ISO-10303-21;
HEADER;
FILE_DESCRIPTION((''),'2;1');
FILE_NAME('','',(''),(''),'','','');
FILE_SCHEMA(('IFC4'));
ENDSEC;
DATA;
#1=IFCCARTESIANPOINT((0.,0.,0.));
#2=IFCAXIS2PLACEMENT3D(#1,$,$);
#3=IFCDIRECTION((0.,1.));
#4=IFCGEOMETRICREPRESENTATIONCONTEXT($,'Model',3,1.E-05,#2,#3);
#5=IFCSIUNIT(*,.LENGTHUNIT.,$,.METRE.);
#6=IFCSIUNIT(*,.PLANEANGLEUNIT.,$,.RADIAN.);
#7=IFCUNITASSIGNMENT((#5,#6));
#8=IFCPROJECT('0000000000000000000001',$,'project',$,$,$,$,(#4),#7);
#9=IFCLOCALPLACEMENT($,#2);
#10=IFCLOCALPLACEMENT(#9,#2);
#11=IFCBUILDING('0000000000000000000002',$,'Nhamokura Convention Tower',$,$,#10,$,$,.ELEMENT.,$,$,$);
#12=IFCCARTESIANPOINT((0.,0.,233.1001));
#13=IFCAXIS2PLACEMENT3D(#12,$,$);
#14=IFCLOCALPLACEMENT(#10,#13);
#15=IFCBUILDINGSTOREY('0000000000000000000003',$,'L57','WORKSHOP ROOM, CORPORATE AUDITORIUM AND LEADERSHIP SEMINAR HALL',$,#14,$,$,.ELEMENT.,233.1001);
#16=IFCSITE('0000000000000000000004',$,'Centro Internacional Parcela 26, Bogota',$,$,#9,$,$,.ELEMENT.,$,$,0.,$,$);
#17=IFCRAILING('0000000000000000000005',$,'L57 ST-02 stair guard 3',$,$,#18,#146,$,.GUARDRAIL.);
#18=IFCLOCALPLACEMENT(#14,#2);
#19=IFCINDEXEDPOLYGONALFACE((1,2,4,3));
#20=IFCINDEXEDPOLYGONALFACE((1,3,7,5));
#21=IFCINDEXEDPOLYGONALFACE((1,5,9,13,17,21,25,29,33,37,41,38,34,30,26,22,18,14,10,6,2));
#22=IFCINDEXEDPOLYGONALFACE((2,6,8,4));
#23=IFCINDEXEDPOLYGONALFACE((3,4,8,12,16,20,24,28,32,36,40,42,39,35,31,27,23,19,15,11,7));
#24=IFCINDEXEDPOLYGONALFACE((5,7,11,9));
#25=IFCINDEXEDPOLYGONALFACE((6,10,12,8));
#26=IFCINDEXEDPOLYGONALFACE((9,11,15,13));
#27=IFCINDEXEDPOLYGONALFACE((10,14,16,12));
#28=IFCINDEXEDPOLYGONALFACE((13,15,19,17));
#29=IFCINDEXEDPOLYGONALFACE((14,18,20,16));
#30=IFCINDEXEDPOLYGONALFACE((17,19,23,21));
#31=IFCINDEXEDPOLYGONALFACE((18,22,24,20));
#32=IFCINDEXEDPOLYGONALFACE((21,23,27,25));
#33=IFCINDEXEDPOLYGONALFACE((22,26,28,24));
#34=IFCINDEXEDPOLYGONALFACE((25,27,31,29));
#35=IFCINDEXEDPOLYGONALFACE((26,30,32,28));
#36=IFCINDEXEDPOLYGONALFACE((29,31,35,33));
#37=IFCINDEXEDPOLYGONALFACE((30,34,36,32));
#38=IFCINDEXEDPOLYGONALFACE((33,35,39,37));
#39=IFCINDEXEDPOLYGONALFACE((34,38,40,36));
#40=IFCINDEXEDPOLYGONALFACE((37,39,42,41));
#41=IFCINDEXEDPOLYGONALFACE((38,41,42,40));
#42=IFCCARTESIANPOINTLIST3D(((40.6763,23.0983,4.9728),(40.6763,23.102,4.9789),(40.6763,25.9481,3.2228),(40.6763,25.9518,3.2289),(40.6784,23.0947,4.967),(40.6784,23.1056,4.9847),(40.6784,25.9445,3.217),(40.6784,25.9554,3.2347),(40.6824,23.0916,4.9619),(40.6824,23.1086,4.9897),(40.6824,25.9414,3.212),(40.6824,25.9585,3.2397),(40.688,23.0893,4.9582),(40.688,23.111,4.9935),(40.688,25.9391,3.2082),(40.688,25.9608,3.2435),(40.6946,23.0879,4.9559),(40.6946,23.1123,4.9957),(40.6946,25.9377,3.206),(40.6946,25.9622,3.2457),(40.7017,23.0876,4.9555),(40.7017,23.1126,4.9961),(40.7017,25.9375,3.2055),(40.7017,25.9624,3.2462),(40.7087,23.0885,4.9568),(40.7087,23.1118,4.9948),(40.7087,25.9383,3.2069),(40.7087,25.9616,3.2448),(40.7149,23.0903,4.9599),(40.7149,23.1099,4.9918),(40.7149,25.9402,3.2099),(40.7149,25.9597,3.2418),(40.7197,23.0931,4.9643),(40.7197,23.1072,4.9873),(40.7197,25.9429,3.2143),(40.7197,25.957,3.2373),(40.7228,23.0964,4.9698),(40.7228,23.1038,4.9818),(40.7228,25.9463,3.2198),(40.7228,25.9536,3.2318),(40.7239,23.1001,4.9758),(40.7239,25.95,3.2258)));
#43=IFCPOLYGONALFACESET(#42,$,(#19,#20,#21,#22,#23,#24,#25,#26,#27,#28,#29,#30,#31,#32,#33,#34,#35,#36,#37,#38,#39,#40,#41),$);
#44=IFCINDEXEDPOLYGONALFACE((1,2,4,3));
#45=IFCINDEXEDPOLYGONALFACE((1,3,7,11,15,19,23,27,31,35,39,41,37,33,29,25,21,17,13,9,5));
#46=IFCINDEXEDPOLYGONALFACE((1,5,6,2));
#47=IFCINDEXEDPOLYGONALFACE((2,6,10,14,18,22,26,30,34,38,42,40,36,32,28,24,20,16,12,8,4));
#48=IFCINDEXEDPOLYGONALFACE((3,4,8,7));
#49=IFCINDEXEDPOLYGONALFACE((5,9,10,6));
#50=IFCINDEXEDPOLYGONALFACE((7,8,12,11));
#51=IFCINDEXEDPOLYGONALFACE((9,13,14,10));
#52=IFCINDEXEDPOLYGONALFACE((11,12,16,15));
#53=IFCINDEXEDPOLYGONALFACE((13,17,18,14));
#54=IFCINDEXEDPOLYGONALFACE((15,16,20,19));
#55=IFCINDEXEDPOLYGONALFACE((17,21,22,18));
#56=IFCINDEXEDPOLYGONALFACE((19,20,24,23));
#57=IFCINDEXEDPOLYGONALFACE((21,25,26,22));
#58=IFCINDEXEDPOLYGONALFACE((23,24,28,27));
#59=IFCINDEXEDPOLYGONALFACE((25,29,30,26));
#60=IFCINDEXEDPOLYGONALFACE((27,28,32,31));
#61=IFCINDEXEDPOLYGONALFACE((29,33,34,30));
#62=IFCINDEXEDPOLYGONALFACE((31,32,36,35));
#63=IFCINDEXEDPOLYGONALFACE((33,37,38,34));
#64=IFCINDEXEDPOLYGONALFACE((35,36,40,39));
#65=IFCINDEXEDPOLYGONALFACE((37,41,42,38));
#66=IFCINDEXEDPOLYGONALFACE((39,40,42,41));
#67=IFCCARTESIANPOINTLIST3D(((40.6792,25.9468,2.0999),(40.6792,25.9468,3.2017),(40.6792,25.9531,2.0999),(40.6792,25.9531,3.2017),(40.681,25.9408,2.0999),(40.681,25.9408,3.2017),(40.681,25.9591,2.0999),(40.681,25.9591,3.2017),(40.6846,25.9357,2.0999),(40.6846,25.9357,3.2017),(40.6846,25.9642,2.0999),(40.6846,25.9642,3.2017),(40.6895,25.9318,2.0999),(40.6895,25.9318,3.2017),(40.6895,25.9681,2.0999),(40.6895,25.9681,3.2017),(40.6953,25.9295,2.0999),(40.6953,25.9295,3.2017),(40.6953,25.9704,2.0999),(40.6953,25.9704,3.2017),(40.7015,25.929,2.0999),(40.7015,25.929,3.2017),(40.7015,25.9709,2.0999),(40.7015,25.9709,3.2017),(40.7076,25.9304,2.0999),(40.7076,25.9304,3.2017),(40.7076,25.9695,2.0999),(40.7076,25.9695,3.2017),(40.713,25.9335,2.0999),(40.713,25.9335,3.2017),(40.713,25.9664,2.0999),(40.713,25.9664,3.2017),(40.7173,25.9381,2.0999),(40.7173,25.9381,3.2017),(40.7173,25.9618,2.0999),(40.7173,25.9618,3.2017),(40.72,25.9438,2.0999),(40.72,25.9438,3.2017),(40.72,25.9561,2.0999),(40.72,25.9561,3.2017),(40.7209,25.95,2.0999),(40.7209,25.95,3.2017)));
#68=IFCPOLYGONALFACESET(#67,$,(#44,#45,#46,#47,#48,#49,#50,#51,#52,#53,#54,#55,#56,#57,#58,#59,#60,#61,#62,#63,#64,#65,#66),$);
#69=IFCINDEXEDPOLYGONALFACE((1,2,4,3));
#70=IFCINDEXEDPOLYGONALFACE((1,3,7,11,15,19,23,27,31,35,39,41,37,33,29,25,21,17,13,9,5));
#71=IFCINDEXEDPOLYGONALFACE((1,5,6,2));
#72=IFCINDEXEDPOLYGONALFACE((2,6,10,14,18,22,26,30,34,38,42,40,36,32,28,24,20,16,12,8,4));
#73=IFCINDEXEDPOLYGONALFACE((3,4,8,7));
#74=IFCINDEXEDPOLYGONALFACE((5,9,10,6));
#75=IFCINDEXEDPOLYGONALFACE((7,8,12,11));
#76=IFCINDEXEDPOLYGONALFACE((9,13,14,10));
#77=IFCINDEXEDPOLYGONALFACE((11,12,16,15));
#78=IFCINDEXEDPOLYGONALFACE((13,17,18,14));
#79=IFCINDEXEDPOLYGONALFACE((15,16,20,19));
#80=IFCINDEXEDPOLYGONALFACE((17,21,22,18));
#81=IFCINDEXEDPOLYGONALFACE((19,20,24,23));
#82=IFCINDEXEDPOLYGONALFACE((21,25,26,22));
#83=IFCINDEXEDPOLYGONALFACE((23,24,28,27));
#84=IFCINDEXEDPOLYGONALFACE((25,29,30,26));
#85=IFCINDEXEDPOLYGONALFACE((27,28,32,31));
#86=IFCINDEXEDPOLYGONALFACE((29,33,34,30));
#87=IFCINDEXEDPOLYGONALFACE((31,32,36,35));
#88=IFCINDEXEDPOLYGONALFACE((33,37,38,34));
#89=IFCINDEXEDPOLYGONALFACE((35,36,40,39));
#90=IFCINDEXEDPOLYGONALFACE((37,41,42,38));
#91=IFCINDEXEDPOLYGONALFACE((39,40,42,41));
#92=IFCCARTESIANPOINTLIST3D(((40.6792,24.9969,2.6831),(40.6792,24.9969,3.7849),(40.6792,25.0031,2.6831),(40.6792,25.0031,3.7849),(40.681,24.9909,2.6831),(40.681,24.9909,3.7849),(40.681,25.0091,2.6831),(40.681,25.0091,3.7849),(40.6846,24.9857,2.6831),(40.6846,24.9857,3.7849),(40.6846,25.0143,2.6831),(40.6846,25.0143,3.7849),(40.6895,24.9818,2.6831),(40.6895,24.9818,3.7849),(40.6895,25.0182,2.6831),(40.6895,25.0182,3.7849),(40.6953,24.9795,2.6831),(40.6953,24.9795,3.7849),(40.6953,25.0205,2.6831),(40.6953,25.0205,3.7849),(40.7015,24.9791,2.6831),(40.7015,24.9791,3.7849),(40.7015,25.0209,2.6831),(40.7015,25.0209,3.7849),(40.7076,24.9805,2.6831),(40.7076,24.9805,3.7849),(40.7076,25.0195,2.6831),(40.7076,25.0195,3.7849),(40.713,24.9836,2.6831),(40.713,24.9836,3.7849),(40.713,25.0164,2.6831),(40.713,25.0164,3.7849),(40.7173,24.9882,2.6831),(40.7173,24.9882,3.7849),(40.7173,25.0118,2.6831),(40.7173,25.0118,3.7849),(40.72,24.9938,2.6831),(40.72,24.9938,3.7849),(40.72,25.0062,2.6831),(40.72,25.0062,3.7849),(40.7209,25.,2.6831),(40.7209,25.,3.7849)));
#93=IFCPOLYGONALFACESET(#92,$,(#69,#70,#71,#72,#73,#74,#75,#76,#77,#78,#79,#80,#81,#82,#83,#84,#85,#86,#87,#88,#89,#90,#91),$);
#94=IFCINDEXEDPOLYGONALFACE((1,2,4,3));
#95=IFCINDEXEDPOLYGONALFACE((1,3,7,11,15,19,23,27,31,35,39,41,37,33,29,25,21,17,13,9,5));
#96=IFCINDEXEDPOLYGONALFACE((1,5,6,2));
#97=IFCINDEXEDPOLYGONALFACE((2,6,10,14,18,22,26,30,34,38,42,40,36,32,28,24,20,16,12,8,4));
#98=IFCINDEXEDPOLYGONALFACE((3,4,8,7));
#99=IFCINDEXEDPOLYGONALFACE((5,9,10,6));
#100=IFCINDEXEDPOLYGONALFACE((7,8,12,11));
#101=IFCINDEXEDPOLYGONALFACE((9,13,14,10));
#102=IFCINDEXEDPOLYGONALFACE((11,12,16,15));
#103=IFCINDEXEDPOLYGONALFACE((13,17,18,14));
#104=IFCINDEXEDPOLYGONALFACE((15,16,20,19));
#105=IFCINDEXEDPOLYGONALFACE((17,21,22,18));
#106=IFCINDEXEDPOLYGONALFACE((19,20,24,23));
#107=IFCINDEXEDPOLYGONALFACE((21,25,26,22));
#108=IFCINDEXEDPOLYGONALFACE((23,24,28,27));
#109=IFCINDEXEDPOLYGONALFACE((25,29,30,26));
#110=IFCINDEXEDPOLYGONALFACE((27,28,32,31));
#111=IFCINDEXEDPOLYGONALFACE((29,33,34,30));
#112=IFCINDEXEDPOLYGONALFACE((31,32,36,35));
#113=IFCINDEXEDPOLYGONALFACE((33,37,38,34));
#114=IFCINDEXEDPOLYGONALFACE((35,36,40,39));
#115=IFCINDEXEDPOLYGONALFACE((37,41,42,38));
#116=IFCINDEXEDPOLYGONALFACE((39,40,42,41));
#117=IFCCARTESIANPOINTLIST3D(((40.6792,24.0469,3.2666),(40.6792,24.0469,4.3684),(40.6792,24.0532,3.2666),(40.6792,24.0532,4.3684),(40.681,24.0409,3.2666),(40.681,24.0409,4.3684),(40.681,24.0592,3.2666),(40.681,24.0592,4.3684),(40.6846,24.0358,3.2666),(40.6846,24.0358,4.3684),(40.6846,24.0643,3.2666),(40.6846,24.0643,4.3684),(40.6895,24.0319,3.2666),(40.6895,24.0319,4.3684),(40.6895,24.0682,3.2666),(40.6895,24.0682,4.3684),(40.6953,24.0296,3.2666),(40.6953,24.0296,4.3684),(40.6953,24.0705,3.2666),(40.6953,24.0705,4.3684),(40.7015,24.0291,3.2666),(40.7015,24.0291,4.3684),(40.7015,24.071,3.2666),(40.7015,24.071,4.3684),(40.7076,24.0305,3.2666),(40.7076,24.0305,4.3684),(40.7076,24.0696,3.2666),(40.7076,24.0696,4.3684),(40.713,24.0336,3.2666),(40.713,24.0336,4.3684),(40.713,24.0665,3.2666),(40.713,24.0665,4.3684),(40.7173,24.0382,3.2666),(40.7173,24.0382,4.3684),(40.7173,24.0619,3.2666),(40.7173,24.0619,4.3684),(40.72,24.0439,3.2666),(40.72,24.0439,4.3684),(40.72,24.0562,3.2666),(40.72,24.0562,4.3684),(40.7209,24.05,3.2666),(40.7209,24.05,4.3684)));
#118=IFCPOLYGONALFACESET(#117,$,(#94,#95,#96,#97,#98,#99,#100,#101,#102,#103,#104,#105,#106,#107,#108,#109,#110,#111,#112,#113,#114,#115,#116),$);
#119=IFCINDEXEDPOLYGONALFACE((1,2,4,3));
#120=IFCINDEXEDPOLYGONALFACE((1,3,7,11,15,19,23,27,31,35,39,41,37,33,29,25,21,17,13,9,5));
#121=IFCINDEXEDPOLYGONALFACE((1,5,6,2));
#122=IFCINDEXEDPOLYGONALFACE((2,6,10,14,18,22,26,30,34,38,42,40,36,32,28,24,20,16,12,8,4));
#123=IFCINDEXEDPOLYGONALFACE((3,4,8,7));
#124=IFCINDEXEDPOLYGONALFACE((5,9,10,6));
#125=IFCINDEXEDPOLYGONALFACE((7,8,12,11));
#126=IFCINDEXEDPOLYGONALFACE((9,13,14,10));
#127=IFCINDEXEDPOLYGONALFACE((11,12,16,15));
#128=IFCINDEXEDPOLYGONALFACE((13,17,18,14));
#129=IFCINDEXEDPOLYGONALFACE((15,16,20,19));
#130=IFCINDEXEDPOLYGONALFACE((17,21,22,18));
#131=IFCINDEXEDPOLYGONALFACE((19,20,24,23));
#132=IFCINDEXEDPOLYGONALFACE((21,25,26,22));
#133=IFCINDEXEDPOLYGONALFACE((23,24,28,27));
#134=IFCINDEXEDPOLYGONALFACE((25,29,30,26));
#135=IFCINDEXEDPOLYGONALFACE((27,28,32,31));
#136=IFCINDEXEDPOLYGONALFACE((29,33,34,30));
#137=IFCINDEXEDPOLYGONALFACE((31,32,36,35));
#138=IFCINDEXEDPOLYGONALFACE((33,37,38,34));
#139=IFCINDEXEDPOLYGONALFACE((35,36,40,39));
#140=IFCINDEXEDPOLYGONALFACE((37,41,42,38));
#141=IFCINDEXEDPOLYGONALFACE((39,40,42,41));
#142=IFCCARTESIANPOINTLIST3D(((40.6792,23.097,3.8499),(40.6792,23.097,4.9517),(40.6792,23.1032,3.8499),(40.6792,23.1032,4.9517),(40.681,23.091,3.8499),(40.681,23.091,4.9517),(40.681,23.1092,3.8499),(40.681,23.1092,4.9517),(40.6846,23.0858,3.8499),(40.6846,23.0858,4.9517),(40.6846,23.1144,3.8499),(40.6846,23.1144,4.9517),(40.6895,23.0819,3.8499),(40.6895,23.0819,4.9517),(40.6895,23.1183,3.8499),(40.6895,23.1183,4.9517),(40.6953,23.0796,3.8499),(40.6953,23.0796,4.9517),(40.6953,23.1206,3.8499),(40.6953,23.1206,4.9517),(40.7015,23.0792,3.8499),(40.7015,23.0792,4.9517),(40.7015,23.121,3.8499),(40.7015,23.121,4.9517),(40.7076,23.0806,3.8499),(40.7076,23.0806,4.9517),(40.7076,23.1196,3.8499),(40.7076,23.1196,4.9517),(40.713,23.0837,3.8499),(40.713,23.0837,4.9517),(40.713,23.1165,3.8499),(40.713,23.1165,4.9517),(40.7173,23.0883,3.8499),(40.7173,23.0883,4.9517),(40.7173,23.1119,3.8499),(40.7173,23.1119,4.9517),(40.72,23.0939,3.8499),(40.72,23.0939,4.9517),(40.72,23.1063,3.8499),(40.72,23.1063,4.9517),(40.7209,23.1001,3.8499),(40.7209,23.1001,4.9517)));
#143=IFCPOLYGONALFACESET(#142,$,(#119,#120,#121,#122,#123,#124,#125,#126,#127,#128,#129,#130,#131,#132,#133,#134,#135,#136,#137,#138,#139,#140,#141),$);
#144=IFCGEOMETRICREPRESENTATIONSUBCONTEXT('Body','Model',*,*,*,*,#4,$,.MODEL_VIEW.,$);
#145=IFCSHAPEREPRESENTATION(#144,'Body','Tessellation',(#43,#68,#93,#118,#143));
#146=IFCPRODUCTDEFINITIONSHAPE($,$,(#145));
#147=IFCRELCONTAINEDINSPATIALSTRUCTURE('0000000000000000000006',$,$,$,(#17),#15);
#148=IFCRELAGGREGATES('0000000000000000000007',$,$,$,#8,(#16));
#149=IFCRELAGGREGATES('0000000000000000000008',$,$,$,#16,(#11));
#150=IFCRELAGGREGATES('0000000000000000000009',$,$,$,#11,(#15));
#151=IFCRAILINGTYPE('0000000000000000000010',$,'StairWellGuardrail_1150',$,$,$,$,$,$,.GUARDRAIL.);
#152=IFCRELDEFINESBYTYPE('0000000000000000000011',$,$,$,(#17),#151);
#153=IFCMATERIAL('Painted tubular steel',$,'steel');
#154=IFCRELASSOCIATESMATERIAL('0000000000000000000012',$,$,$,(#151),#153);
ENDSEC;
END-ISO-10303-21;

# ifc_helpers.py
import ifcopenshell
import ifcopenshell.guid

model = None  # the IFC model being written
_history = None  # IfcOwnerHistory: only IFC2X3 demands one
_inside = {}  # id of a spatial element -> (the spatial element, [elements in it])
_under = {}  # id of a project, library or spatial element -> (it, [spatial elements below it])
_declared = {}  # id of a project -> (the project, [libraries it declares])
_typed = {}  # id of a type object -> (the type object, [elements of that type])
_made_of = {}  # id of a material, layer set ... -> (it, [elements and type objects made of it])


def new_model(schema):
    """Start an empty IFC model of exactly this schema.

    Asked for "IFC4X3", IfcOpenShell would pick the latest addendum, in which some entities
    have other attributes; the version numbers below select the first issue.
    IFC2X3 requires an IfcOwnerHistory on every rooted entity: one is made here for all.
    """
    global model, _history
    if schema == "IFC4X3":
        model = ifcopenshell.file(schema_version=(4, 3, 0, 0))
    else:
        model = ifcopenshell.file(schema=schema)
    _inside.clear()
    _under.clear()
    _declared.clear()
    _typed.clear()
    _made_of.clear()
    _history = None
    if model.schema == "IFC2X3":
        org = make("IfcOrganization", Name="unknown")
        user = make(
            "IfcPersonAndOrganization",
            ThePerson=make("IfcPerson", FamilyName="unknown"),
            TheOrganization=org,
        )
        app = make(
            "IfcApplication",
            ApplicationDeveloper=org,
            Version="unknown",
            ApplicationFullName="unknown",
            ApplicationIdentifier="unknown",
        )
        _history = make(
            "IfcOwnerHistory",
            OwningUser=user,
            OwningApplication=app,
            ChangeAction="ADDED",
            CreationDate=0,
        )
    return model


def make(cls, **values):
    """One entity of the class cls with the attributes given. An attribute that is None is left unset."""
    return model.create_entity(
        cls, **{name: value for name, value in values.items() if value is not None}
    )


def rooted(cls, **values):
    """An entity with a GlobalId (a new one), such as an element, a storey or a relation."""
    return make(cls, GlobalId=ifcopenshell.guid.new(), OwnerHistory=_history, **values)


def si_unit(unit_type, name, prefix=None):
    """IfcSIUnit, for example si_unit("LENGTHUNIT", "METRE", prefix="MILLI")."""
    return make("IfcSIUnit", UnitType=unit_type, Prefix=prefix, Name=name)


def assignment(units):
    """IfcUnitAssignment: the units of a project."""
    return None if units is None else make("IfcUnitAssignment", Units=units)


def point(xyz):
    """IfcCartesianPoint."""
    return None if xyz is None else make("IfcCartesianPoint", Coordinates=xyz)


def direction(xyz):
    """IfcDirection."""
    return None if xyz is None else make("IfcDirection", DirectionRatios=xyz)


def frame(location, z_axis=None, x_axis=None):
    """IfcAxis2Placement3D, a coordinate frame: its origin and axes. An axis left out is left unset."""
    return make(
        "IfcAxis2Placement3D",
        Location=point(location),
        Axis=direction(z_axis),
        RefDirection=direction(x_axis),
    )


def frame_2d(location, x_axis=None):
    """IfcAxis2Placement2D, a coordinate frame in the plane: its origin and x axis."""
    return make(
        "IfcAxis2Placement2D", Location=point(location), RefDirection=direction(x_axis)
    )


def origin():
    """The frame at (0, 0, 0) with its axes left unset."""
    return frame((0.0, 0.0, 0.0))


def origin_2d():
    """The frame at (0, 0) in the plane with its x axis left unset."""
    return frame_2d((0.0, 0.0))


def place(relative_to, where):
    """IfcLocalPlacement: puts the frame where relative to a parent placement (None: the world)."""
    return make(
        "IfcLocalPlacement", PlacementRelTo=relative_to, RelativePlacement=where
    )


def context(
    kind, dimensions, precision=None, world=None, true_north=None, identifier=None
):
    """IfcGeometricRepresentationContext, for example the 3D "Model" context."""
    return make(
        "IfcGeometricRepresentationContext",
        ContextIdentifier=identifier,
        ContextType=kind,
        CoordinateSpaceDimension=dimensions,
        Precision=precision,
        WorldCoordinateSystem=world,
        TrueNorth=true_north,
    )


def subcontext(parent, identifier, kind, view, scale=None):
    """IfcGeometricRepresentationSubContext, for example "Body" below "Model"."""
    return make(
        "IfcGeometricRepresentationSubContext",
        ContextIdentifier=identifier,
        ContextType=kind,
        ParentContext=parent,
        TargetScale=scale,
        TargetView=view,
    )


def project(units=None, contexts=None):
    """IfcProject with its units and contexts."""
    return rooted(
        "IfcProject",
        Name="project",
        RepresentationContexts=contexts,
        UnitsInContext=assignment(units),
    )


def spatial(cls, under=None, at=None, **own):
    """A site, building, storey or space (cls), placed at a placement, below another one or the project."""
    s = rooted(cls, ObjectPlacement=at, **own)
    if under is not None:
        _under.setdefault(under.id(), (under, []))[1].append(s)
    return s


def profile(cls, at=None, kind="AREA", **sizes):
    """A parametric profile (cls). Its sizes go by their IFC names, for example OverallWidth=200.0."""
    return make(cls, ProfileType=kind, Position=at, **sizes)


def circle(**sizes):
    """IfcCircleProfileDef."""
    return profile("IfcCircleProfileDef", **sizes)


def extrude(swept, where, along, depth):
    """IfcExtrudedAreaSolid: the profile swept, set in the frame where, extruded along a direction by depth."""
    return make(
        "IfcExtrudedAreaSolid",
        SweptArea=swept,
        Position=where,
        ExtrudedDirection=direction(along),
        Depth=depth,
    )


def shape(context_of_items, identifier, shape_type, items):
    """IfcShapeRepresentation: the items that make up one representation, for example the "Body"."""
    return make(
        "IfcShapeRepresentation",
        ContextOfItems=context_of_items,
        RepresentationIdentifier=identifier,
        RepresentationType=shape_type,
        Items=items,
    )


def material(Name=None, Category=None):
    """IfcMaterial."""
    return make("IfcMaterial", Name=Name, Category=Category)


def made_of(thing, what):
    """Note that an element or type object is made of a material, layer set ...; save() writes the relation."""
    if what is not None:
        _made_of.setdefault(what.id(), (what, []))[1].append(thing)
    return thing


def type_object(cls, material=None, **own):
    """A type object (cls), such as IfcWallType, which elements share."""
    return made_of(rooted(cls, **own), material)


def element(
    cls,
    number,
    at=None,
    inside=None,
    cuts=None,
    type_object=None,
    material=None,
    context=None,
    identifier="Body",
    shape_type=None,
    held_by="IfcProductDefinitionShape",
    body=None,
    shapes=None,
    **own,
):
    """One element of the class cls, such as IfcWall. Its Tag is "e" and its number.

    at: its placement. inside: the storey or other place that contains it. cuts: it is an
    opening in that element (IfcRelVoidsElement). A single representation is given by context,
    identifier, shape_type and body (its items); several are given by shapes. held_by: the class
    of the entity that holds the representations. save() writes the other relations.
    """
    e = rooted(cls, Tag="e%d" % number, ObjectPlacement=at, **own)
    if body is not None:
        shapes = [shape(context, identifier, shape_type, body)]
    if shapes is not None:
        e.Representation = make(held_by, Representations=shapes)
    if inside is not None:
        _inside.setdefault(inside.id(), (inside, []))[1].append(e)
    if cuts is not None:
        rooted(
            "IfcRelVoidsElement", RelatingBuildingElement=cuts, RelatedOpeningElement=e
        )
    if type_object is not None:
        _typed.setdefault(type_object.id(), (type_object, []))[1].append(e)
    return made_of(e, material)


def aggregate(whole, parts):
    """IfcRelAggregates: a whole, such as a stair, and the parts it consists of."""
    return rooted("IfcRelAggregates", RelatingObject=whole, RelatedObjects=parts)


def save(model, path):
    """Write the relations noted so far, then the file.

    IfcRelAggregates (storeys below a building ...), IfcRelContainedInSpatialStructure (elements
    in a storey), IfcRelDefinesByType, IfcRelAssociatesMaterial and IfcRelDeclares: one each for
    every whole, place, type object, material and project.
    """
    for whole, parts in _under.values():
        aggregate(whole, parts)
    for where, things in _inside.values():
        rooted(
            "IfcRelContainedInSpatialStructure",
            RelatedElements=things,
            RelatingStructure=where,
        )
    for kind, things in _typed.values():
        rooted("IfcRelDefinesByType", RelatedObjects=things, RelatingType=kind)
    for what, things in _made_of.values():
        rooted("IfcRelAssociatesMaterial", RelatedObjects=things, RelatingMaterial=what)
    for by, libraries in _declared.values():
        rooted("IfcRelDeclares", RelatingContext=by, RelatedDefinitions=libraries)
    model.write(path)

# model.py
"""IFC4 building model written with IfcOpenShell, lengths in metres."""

from ifc_helpers import new_model, si_unit, direction, frame, origin, origin_2d, place, context, subcontext, project, spatial, circle, extrude, material, type_object, element, save


model = new_model("IFC4")

# Units and contexts
model_context = context("Model", 3, precision=1e-05, world=origin(), true_north=direction((0.0, 1.0)))
body_context = subcontext(model_context, "Body", "Model", "MODEL_VIEW")
ifc_project = project(units=[si_unit("LENGTHUNIT", "METRE"), si_unit("PLANEANGLEUNIT", "RADIAN")], contexts=[model_context])

# Site, building, storey
site_placement = place(None, origin())
site = spatial("IfcSite", under=ifc_project, at=site_placement, Name="Centro Internacional Parcela 26, Bogota", CompositionType="ELEMENT", RefElevation=0.0)
building_placement = place(site_placement, origin())
building = spatial("IfcBuilding", under=site, at=building_placement, Name="Nhamokura Convention Tower", CompositionType="ELEMENT")
storey_placement = place(building_placement, frame((0.0, 0.0, 233.1001)))
storey = spatial("IfcBuildingStorey", under=building, at=storey_placement, Name="L57", Description="WORKSHOP ROOM, CORPORATE AUDITORIUM AND LEADERSHIP SEMINAR HALL", CompositionType="ELEMENT", Elevation=233.1001)

# Railing
ifc_material_1 = material(Name="Painted tubular steel", Category="steel")
railing_type_1 = type_object("IfcRailingType", Name="StairWellGuardrail_1150", PredefinedType="GUARDRAIL", material=ifc_material_1)
railing_1_placement = place(storey_placement, frame((40.7, 25.95, 2.0999)))
element("IfcRailing", 1, at=railing_1_placement, inside=storey, type_object=railing_type_1, Name="L57 ST-02 stair guard 3", PredefinedType="GUARDRAIL", context=body_context, shape_type="SweptSolid", body=[
    extrude(circle(Radius=0.0239, at=origin_2d()), frame((0.0, 0.0, 1.126), z_axis=(0.0, -0.852159, 0.523283), x_axis=(1.0, 0.0, 0.0)), (0.0, 0.0, 1.0), 3.3442),
    extrude(circle(Radius=0.021, at=origin_2d()), origin(), (0.0, 0.0, 1.0), 1.1018),
    extrude(circle(Radius=0.021, at=origin_2d()), frame((0.0, -0.95, 0.5833)), (0.0, 0.0, 1.0), 1.1018),
    extrude(circle(Radius=0.021, at=origin_2d()), frame((0.0, -1.8999, 1.1667)), (0.0, 0.0, 1.0), 1.1018),
    extrude(circle(Radius=0.021, at=origin_2d()), frame((0.0, -2.8499, 1.75)), (0.0, 0.0, 1.0), 1.1018),
])

save(model, "model.ifc")
